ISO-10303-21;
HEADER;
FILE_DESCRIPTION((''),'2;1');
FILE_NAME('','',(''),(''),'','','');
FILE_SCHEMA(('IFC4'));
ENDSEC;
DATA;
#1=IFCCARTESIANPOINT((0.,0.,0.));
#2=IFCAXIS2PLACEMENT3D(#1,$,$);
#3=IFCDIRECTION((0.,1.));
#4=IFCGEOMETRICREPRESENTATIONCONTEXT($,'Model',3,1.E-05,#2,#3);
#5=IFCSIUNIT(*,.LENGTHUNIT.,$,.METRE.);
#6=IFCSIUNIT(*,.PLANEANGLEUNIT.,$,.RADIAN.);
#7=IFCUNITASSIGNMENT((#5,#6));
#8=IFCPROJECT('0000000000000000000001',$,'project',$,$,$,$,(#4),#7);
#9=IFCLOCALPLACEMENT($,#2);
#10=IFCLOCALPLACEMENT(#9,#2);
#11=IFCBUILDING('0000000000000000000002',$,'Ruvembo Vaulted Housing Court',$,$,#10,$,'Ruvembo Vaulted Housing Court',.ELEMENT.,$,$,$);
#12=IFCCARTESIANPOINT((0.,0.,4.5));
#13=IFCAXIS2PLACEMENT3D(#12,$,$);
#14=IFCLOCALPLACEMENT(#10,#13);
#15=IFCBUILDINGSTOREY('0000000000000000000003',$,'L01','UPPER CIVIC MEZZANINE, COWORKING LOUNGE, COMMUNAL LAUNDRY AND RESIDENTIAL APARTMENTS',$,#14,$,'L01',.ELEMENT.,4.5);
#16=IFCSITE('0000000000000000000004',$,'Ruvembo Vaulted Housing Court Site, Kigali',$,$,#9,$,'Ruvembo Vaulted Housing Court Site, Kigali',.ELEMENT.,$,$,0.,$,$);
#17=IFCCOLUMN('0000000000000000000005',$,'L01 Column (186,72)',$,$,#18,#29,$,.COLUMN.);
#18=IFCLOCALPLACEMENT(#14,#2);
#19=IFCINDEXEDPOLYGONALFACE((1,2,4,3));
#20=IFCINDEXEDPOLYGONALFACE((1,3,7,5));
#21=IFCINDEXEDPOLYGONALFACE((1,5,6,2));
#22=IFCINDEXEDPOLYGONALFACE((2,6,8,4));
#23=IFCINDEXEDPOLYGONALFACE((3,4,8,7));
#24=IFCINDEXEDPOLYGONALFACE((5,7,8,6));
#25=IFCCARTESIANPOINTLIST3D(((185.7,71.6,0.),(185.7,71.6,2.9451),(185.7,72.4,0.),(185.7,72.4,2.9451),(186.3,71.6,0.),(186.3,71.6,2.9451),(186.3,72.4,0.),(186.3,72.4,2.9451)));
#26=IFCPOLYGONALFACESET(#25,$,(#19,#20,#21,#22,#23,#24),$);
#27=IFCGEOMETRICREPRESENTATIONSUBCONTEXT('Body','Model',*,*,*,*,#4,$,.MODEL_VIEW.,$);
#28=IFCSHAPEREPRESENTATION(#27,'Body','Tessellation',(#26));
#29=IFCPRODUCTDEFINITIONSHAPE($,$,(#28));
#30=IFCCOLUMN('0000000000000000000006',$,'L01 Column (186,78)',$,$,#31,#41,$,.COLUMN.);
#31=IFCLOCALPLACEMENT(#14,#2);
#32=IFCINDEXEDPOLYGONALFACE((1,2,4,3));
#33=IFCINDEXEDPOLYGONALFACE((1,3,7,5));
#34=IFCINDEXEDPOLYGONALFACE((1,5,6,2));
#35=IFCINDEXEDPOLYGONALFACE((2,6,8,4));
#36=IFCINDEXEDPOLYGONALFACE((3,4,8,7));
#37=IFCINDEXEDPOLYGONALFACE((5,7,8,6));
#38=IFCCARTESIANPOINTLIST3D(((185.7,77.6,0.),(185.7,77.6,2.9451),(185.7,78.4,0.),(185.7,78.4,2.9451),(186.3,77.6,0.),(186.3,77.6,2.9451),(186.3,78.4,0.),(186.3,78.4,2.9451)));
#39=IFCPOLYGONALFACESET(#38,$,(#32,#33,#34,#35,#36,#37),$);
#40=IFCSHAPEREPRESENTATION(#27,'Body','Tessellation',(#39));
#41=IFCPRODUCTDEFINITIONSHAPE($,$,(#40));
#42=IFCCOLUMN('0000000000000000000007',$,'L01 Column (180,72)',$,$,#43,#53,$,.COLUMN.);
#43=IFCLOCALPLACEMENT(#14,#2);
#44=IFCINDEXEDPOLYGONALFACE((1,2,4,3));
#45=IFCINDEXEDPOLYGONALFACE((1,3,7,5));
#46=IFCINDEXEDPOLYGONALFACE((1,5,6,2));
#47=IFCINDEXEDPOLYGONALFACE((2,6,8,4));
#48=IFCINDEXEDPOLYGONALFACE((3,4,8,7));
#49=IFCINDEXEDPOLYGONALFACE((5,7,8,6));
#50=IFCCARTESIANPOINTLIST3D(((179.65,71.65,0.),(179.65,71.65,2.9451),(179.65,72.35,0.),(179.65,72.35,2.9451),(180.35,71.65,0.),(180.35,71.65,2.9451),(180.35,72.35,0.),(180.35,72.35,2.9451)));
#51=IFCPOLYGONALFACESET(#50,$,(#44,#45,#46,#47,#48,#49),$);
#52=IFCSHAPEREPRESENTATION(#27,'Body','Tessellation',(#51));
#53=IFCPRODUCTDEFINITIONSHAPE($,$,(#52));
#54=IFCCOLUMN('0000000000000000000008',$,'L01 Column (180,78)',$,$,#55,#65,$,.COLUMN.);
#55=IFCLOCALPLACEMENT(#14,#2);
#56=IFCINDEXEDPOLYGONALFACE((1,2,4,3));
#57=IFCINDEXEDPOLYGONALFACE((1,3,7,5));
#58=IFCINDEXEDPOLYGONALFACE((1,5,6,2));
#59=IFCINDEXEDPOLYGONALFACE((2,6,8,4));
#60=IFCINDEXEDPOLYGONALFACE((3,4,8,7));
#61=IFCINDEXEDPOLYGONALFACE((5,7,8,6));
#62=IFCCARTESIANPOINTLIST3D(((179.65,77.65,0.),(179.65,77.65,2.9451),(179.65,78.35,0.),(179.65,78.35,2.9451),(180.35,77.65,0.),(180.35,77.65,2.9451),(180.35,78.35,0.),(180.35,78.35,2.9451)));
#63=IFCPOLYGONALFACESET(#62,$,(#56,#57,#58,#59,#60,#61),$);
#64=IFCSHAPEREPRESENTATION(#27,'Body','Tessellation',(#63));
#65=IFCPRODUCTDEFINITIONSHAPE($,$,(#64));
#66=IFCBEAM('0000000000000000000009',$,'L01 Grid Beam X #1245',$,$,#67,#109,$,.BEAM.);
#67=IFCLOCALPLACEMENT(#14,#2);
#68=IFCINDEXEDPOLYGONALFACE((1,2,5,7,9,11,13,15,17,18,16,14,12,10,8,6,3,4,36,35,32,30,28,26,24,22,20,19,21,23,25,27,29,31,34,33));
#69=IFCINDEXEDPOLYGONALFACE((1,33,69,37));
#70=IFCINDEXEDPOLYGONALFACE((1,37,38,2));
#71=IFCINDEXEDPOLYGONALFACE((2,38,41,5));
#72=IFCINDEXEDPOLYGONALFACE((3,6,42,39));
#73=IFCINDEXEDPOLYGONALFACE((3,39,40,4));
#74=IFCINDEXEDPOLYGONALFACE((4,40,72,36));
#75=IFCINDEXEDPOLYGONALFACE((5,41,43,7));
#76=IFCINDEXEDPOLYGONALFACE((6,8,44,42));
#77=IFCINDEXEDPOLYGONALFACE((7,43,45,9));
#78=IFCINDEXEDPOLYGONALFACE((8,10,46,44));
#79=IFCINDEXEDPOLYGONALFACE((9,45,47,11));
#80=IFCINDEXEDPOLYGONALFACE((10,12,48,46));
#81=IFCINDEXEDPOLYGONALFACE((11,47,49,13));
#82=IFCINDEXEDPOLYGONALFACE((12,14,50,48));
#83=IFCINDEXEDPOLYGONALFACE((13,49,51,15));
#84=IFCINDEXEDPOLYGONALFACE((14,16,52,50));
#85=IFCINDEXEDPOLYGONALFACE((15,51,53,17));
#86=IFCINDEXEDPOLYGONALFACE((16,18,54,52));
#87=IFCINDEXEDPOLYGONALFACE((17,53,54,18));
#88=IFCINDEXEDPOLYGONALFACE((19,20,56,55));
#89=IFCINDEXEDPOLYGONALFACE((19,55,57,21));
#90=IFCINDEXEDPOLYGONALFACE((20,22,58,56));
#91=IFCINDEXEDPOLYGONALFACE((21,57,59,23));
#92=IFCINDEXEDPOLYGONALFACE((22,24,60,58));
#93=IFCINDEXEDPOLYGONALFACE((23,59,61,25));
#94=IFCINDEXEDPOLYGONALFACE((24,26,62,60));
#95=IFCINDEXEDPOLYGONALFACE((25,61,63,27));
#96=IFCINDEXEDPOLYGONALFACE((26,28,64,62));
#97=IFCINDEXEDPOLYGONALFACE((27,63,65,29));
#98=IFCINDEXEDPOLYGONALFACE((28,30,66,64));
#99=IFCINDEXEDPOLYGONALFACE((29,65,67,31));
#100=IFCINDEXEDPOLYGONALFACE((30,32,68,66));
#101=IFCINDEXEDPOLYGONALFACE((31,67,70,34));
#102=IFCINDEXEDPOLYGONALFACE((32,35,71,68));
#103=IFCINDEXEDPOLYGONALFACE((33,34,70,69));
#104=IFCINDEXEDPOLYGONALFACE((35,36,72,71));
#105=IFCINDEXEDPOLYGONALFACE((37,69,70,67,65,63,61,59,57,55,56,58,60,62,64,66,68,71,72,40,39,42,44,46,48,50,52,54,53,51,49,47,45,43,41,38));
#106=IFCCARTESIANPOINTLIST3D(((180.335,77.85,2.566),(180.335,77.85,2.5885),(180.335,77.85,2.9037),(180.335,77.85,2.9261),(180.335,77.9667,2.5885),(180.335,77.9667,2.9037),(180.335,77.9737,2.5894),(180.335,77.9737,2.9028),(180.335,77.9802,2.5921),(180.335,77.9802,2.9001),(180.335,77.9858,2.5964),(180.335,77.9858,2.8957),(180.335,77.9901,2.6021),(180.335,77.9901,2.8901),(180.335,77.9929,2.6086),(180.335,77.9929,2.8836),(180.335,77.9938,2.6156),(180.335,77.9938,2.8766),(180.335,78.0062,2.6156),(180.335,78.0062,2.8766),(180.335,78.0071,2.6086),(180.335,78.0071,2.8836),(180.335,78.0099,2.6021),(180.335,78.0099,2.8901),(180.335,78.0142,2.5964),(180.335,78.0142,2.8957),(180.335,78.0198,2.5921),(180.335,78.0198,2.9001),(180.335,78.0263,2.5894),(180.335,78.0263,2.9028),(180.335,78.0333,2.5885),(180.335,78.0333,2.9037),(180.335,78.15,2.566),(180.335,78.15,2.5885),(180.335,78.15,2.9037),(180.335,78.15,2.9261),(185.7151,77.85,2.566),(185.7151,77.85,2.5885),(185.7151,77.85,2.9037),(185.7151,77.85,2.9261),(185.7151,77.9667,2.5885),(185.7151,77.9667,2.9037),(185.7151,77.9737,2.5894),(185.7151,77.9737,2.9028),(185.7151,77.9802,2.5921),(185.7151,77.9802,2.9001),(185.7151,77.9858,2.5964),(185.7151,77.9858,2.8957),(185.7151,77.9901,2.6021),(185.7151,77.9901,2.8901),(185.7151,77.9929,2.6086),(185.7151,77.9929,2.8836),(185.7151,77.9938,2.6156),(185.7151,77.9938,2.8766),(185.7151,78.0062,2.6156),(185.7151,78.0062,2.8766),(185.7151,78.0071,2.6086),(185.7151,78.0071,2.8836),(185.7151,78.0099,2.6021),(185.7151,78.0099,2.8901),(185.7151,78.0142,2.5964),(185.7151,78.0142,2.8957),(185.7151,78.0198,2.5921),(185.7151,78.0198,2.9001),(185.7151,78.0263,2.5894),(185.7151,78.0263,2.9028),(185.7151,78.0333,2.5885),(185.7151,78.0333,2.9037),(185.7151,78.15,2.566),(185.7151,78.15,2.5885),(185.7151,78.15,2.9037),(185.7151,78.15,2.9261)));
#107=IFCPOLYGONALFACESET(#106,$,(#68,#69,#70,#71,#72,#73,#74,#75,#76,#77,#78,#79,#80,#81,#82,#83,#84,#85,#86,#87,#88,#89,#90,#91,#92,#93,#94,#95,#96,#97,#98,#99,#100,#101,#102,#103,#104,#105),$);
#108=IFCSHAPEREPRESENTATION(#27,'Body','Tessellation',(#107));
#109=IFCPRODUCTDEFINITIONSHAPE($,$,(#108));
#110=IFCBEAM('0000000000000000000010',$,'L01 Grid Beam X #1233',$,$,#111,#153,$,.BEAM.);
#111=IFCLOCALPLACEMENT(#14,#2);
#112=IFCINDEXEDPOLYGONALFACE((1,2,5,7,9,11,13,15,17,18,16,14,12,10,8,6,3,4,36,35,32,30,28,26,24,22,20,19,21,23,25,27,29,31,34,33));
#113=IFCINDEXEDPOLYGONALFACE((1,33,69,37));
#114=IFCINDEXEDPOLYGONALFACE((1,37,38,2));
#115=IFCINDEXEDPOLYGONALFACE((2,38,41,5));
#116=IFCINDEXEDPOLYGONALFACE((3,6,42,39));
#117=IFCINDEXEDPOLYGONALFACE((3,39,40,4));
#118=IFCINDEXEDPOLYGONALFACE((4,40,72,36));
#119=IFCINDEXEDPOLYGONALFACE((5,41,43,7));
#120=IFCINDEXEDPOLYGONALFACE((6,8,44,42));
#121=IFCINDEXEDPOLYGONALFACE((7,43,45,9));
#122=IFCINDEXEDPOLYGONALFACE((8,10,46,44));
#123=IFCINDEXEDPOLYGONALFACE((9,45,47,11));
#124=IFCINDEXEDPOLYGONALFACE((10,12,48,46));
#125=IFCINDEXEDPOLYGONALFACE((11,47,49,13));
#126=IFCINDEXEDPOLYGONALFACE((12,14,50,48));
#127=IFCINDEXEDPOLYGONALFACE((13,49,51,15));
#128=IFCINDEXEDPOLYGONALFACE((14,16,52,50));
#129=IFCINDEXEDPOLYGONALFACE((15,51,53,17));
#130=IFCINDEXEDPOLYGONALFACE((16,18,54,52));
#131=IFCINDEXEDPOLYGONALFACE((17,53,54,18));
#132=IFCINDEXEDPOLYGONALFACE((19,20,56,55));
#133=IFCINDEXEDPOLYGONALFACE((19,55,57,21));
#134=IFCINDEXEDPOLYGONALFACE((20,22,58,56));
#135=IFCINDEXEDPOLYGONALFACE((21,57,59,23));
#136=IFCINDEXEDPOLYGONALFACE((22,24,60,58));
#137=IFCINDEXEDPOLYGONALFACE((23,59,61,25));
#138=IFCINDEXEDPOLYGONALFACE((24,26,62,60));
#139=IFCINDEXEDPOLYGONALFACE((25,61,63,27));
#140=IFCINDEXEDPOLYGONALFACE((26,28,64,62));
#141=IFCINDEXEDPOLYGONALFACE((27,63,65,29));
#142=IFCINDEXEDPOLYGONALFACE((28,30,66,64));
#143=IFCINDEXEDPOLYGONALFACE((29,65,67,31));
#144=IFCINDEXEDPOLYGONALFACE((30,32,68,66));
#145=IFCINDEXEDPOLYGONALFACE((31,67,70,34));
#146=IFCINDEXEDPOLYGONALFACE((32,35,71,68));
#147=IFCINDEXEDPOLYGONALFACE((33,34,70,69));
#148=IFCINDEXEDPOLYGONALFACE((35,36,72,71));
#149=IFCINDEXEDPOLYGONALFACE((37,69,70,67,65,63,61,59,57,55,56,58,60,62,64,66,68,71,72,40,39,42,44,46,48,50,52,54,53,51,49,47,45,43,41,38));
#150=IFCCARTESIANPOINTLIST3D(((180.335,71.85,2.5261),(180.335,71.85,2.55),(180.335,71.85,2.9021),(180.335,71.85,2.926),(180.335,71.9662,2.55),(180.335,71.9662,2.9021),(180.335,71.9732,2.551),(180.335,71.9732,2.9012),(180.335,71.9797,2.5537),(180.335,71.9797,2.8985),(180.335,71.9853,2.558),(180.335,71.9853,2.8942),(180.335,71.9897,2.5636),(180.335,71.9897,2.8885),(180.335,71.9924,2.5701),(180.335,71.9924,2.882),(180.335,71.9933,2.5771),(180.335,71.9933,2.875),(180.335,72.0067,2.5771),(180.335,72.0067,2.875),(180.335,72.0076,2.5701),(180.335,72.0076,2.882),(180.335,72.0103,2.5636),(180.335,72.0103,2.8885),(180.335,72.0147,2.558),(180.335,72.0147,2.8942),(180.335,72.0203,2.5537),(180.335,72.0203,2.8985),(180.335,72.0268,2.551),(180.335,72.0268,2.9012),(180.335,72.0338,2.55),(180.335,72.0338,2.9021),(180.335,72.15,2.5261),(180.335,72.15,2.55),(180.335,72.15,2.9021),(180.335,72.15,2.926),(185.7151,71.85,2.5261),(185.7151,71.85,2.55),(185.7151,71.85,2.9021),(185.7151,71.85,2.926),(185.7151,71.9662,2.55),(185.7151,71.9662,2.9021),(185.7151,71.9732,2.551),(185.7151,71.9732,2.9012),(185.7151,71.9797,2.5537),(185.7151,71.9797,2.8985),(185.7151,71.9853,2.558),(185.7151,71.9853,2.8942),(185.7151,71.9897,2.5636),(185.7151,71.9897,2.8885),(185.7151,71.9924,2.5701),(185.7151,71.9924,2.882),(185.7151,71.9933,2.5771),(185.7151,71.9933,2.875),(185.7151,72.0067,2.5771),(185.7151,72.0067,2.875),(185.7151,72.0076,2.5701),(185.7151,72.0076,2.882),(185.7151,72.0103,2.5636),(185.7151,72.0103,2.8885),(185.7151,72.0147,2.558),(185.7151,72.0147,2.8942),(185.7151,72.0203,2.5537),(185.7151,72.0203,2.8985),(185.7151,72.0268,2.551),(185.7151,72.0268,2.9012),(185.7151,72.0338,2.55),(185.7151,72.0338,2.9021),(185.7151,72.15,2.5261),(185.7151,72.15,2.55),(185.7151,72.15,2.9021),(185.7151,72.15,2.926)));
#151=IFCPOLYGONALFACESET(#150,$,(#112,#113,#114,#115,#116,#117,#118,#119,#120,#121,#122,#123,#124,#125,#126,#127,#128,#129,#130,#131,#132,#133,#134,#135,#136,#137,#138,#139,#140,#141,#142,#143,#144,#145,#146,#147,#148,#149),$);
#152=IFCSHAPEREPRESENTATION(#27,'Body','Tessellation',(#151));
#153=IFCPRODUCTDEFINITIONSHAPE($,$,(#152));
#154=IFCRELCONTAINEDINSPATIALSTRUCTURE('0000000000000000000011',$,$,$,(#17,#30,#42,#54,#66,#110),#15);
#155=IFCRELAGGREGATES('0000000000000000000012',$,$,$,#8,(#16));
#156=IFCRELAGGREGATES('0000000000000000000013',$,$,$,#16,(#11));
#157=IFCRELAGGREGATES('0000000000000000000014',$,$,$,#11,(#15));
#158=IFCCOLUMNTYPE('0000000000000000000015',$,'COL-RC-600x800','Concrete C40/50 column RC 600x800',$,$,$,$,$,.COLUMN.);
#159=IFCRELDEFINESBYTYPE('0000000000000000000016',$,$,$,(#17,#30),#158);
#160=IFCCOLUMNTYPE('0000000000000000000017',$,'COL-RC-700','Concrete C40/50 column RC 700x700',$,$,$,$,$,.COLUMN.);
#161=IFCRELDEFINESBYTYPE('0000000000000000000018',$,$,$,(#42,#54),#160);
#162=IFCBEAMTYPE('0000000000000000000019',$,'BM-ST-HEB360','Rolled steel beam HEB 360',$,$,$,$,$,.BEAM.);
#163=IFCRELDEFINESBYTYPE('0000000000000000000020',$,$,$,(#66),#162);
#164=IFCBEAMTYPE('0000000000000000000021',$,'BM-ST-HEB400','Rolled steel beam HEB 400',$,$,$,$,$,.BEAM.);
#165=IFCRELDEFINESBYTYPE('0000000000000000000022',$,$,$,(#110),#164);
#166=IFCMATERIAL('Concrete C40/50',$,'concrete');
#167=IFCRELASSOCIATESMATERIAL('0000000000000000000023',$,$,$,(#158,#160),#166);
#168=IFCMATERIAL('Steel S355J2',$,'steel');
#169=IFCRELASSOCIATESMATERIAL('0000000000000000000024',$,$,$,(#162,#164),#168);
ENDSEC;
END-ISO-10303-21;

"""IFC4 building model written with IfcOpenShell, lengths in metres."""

from ifc_helpers import new_model, si_unit, direction, frame, origin, origin_2d, place, context, subcontext, project, spatial, rectangle, i_section, extrude, material, material_profile, profile_set, type_object, element, save


model = new_model("IFC4")

# Units and contexts
model_context = context("Model", 3, precision=1e-05, world=origin(), true_north=direction((0.0, 1.0)))
body_context = subcontext(model_context, "Body", "Model", "MODEL_VIEW")
ifc_project = project(units=[si_unit("LENGTHUNIT", "METRE"), si_unit("PLANEANGLEUNIT", "RADIAN")], contexts=[model_context])

# Site, building, storey
site_placement = place(None, origin())
site = spatial("IfcSite", under=ifc_project, at=site_placement, Name="Ruvembo Vaulted Housing Court Site, Kigali", LongName="Ruvembo Vaulted Housing Court Site, Kigali", CompositionType="ELEMENT", RefElevation=0.0)
building_placement = place(site_placement, origin())
building = spatial("IfcBuilding", under=site, at=building_placement, Name="Ruvembo Vaulted Housing Court", LongName="Ruvembo Vaulted Housing Court", CompositionType="ELEMENT")
storey_placement = place(building_placement, frame((0.0, 0.0, 4.5)))
storey = spatial("IfcBuildingStorey", under=building, at=storey_placement, Name="L01", Description="UPPER CIVIC MEZZANINE, COWORKING LOUNGE, COMMUNAL LAUNDRY AND RESIDENTIAL APARTMENTS", LongName="L01", CompositionType="ELEMENT", Elevation=4.5)

# Columns
ifc_material_1 = material(Name="Concrete C40/50", Category="concrete")
ifc_material_profile_1 = material_profile(ifc_material_1, rectangle(XDim=0.6001, YDim=0.8, at=origin_2d()), Name="RC 600x800")
ifc_profile_set_1 = profile_set([ifc_material_profile_1], Name="Concrete C40/50")
column_type_1 = type_object("IfcColumnType", Name="COL-RC-600x800", Description="Concrete C40/50 column RC 600x800", PredefinedType="COLUMN", material=ifc_profile_set_1)
for number, where, z_axis, x_axis, name in (
    (1, (186.0, 72.0, 0.0), (0.0, 0.0, 1.0), (1.0, 0.0, 0.0), "L01 Column (186,72)"),
    (2, (186.0, 78.0, 0.0), (0.0, 0.0, 1.0), (1.0, 0.0, 0.0), "L01 Column (186,78)"),
):
    element("IfcColumn", number, at=place(storey_placement, frame(where, z_axis=z_axis, x_axis=x_axis)), inside=storey, type_object=column_type_1, Name=name, PredefinedType="COLUMN", context=body_context, shape_type="SweptSolid", body=[
        extrude(rectangle(XDim=0.6001, YDim=0.8, at=origin_2d()), origin(), (0.0, 0.0, 1.0), 2.9451),
    ])
ifc_material_profile_2 = material_profile(ifc_material_1, rectangle(XDim=0.7, YDim=0.7, at=origin_2d()), Name="RC 700x700")
ifc_profile_set_2 = profile_set([ifc_material_profile_2], Name="Concrete C40/50")
column_type_2 = type_object("IfcColumnType", Name="COL-RC-700", Description="Concrete C40/50 column RC 700x700", PredefinedType="COLUMN", material=ifc_profile_set_2)
for number, where, z_axis, x_axis, name in (
    (3, (180.0, 72.0, 0.0), (0.0, 0.0, 1.0), (1.0, 0.0, 0.0), "L01 Column (180,72)"),
    (4, (180.0, 78.0, 0.0), (0.0, 0.0, 1.0), (1.0, 0.0, 0.0), "L01 Column (180,78)"),
):
    element("IfcColumn", number, at=place(storey_placement, frame(where, z_axis=z_axis, x_axis=x_axis)), inside=storey, type_object=column_type_2, Name=name, PredefinedType="COLUMN", context=body_context, shape_type="SweptSolid", body=[
        extrude(rectangle(XDim=0.7, YDim=0.7, at=origin_2d()), origin(), (0.0, 0.0, 1.0), 2.9451),
    ])

# Beams
ifc_material_2 = material(Name="Steel S355J2", Category="steel")
ifc_material_profile_3 = material_profile(ifc_material_2, i_section(OverallWidth=0.3, OverallDepth=0.3601, WebThickness=0.0125, FlangeThickness=0.0225, FilletRadius=0.0271, at=origin_2d()), Name="HEB 360")
ifc_profile_set_3 = profile_set([ifc_material_profile_3], Name="Steel S355J2")
beam_type_1 = type_object("IfcBeamType", Name="BM-ST-HEB360", Description="Rolled steel beam HEB 360", PredefinedType="BEAM", material=ifc_profile_set_3)
beam_1_placement = place(storey_placement, frame((180.335, 78.0, 2.7461), z_axis=(1.0, 0.0, 0.0), x_axis=(0.0, 1.0, 0.0)))
element("IfcBeam", 5, at=beam_1_placement, inside=storey, type_object=beam_type_1, Name="L01 Grid Beam X #1245", PredefinedType="BEAM", context=body_context, shape_type="SweptSolid", body=[
    extrude(i_section(OverallWidth=0.3, OverallDepth=0.3601, WebThickness=0.0125, FlangeThickness=0.0225, FilletRadius=0.0271, at=origin_2d()), origin(), (0.0, 0.0, 1.0), 5.3801),
])
ifc_material_profile_4 = material_profile(ifc_material_2, i_section(OverallWidth=0.3, OverallDepth=0.3999, WebThickness=0.0134, FlangeThickness=0.0239, FilletRadius=0.0271, at=origin_2d()), Name="HEB 400")
ifc_profile_set_4 = profile_set([ifc_material_profile_4], Name="Steel S355J2")
beam_type_2 = type_object("IfcBeamType", Name="BM-ST-HEB400", Description="Rolled steel beam HEB 400", PredefinedType="BEAM", material=ifc_profile_set_4)
beam_2_placement = place(storey_placement, frame((180.335, 72.0, 2.7261), z_axis=(1.0, 0.0, 0.0), x_axis=(0.0, 1.0, 0.0)))
element("IfcBeam", 6, at=beam_2_placement, inside=storey, type_object=beam_type_2, Name="L01 Grid Beam X #1233", PredefinedType="BEAM", context=body_context, shape_type="SweptSolid", body=[
    extrude(i_section(OverallWidth=0.3, OverallDepth=0.3999, WebThickness=0.0134, FlangeThickness=0.0239, FilletRadius=0.0271, at=origin_2d()), origin(), (0.0, 0.0, 1.0), 5.3801),
])

save(model, "model.ifc")
